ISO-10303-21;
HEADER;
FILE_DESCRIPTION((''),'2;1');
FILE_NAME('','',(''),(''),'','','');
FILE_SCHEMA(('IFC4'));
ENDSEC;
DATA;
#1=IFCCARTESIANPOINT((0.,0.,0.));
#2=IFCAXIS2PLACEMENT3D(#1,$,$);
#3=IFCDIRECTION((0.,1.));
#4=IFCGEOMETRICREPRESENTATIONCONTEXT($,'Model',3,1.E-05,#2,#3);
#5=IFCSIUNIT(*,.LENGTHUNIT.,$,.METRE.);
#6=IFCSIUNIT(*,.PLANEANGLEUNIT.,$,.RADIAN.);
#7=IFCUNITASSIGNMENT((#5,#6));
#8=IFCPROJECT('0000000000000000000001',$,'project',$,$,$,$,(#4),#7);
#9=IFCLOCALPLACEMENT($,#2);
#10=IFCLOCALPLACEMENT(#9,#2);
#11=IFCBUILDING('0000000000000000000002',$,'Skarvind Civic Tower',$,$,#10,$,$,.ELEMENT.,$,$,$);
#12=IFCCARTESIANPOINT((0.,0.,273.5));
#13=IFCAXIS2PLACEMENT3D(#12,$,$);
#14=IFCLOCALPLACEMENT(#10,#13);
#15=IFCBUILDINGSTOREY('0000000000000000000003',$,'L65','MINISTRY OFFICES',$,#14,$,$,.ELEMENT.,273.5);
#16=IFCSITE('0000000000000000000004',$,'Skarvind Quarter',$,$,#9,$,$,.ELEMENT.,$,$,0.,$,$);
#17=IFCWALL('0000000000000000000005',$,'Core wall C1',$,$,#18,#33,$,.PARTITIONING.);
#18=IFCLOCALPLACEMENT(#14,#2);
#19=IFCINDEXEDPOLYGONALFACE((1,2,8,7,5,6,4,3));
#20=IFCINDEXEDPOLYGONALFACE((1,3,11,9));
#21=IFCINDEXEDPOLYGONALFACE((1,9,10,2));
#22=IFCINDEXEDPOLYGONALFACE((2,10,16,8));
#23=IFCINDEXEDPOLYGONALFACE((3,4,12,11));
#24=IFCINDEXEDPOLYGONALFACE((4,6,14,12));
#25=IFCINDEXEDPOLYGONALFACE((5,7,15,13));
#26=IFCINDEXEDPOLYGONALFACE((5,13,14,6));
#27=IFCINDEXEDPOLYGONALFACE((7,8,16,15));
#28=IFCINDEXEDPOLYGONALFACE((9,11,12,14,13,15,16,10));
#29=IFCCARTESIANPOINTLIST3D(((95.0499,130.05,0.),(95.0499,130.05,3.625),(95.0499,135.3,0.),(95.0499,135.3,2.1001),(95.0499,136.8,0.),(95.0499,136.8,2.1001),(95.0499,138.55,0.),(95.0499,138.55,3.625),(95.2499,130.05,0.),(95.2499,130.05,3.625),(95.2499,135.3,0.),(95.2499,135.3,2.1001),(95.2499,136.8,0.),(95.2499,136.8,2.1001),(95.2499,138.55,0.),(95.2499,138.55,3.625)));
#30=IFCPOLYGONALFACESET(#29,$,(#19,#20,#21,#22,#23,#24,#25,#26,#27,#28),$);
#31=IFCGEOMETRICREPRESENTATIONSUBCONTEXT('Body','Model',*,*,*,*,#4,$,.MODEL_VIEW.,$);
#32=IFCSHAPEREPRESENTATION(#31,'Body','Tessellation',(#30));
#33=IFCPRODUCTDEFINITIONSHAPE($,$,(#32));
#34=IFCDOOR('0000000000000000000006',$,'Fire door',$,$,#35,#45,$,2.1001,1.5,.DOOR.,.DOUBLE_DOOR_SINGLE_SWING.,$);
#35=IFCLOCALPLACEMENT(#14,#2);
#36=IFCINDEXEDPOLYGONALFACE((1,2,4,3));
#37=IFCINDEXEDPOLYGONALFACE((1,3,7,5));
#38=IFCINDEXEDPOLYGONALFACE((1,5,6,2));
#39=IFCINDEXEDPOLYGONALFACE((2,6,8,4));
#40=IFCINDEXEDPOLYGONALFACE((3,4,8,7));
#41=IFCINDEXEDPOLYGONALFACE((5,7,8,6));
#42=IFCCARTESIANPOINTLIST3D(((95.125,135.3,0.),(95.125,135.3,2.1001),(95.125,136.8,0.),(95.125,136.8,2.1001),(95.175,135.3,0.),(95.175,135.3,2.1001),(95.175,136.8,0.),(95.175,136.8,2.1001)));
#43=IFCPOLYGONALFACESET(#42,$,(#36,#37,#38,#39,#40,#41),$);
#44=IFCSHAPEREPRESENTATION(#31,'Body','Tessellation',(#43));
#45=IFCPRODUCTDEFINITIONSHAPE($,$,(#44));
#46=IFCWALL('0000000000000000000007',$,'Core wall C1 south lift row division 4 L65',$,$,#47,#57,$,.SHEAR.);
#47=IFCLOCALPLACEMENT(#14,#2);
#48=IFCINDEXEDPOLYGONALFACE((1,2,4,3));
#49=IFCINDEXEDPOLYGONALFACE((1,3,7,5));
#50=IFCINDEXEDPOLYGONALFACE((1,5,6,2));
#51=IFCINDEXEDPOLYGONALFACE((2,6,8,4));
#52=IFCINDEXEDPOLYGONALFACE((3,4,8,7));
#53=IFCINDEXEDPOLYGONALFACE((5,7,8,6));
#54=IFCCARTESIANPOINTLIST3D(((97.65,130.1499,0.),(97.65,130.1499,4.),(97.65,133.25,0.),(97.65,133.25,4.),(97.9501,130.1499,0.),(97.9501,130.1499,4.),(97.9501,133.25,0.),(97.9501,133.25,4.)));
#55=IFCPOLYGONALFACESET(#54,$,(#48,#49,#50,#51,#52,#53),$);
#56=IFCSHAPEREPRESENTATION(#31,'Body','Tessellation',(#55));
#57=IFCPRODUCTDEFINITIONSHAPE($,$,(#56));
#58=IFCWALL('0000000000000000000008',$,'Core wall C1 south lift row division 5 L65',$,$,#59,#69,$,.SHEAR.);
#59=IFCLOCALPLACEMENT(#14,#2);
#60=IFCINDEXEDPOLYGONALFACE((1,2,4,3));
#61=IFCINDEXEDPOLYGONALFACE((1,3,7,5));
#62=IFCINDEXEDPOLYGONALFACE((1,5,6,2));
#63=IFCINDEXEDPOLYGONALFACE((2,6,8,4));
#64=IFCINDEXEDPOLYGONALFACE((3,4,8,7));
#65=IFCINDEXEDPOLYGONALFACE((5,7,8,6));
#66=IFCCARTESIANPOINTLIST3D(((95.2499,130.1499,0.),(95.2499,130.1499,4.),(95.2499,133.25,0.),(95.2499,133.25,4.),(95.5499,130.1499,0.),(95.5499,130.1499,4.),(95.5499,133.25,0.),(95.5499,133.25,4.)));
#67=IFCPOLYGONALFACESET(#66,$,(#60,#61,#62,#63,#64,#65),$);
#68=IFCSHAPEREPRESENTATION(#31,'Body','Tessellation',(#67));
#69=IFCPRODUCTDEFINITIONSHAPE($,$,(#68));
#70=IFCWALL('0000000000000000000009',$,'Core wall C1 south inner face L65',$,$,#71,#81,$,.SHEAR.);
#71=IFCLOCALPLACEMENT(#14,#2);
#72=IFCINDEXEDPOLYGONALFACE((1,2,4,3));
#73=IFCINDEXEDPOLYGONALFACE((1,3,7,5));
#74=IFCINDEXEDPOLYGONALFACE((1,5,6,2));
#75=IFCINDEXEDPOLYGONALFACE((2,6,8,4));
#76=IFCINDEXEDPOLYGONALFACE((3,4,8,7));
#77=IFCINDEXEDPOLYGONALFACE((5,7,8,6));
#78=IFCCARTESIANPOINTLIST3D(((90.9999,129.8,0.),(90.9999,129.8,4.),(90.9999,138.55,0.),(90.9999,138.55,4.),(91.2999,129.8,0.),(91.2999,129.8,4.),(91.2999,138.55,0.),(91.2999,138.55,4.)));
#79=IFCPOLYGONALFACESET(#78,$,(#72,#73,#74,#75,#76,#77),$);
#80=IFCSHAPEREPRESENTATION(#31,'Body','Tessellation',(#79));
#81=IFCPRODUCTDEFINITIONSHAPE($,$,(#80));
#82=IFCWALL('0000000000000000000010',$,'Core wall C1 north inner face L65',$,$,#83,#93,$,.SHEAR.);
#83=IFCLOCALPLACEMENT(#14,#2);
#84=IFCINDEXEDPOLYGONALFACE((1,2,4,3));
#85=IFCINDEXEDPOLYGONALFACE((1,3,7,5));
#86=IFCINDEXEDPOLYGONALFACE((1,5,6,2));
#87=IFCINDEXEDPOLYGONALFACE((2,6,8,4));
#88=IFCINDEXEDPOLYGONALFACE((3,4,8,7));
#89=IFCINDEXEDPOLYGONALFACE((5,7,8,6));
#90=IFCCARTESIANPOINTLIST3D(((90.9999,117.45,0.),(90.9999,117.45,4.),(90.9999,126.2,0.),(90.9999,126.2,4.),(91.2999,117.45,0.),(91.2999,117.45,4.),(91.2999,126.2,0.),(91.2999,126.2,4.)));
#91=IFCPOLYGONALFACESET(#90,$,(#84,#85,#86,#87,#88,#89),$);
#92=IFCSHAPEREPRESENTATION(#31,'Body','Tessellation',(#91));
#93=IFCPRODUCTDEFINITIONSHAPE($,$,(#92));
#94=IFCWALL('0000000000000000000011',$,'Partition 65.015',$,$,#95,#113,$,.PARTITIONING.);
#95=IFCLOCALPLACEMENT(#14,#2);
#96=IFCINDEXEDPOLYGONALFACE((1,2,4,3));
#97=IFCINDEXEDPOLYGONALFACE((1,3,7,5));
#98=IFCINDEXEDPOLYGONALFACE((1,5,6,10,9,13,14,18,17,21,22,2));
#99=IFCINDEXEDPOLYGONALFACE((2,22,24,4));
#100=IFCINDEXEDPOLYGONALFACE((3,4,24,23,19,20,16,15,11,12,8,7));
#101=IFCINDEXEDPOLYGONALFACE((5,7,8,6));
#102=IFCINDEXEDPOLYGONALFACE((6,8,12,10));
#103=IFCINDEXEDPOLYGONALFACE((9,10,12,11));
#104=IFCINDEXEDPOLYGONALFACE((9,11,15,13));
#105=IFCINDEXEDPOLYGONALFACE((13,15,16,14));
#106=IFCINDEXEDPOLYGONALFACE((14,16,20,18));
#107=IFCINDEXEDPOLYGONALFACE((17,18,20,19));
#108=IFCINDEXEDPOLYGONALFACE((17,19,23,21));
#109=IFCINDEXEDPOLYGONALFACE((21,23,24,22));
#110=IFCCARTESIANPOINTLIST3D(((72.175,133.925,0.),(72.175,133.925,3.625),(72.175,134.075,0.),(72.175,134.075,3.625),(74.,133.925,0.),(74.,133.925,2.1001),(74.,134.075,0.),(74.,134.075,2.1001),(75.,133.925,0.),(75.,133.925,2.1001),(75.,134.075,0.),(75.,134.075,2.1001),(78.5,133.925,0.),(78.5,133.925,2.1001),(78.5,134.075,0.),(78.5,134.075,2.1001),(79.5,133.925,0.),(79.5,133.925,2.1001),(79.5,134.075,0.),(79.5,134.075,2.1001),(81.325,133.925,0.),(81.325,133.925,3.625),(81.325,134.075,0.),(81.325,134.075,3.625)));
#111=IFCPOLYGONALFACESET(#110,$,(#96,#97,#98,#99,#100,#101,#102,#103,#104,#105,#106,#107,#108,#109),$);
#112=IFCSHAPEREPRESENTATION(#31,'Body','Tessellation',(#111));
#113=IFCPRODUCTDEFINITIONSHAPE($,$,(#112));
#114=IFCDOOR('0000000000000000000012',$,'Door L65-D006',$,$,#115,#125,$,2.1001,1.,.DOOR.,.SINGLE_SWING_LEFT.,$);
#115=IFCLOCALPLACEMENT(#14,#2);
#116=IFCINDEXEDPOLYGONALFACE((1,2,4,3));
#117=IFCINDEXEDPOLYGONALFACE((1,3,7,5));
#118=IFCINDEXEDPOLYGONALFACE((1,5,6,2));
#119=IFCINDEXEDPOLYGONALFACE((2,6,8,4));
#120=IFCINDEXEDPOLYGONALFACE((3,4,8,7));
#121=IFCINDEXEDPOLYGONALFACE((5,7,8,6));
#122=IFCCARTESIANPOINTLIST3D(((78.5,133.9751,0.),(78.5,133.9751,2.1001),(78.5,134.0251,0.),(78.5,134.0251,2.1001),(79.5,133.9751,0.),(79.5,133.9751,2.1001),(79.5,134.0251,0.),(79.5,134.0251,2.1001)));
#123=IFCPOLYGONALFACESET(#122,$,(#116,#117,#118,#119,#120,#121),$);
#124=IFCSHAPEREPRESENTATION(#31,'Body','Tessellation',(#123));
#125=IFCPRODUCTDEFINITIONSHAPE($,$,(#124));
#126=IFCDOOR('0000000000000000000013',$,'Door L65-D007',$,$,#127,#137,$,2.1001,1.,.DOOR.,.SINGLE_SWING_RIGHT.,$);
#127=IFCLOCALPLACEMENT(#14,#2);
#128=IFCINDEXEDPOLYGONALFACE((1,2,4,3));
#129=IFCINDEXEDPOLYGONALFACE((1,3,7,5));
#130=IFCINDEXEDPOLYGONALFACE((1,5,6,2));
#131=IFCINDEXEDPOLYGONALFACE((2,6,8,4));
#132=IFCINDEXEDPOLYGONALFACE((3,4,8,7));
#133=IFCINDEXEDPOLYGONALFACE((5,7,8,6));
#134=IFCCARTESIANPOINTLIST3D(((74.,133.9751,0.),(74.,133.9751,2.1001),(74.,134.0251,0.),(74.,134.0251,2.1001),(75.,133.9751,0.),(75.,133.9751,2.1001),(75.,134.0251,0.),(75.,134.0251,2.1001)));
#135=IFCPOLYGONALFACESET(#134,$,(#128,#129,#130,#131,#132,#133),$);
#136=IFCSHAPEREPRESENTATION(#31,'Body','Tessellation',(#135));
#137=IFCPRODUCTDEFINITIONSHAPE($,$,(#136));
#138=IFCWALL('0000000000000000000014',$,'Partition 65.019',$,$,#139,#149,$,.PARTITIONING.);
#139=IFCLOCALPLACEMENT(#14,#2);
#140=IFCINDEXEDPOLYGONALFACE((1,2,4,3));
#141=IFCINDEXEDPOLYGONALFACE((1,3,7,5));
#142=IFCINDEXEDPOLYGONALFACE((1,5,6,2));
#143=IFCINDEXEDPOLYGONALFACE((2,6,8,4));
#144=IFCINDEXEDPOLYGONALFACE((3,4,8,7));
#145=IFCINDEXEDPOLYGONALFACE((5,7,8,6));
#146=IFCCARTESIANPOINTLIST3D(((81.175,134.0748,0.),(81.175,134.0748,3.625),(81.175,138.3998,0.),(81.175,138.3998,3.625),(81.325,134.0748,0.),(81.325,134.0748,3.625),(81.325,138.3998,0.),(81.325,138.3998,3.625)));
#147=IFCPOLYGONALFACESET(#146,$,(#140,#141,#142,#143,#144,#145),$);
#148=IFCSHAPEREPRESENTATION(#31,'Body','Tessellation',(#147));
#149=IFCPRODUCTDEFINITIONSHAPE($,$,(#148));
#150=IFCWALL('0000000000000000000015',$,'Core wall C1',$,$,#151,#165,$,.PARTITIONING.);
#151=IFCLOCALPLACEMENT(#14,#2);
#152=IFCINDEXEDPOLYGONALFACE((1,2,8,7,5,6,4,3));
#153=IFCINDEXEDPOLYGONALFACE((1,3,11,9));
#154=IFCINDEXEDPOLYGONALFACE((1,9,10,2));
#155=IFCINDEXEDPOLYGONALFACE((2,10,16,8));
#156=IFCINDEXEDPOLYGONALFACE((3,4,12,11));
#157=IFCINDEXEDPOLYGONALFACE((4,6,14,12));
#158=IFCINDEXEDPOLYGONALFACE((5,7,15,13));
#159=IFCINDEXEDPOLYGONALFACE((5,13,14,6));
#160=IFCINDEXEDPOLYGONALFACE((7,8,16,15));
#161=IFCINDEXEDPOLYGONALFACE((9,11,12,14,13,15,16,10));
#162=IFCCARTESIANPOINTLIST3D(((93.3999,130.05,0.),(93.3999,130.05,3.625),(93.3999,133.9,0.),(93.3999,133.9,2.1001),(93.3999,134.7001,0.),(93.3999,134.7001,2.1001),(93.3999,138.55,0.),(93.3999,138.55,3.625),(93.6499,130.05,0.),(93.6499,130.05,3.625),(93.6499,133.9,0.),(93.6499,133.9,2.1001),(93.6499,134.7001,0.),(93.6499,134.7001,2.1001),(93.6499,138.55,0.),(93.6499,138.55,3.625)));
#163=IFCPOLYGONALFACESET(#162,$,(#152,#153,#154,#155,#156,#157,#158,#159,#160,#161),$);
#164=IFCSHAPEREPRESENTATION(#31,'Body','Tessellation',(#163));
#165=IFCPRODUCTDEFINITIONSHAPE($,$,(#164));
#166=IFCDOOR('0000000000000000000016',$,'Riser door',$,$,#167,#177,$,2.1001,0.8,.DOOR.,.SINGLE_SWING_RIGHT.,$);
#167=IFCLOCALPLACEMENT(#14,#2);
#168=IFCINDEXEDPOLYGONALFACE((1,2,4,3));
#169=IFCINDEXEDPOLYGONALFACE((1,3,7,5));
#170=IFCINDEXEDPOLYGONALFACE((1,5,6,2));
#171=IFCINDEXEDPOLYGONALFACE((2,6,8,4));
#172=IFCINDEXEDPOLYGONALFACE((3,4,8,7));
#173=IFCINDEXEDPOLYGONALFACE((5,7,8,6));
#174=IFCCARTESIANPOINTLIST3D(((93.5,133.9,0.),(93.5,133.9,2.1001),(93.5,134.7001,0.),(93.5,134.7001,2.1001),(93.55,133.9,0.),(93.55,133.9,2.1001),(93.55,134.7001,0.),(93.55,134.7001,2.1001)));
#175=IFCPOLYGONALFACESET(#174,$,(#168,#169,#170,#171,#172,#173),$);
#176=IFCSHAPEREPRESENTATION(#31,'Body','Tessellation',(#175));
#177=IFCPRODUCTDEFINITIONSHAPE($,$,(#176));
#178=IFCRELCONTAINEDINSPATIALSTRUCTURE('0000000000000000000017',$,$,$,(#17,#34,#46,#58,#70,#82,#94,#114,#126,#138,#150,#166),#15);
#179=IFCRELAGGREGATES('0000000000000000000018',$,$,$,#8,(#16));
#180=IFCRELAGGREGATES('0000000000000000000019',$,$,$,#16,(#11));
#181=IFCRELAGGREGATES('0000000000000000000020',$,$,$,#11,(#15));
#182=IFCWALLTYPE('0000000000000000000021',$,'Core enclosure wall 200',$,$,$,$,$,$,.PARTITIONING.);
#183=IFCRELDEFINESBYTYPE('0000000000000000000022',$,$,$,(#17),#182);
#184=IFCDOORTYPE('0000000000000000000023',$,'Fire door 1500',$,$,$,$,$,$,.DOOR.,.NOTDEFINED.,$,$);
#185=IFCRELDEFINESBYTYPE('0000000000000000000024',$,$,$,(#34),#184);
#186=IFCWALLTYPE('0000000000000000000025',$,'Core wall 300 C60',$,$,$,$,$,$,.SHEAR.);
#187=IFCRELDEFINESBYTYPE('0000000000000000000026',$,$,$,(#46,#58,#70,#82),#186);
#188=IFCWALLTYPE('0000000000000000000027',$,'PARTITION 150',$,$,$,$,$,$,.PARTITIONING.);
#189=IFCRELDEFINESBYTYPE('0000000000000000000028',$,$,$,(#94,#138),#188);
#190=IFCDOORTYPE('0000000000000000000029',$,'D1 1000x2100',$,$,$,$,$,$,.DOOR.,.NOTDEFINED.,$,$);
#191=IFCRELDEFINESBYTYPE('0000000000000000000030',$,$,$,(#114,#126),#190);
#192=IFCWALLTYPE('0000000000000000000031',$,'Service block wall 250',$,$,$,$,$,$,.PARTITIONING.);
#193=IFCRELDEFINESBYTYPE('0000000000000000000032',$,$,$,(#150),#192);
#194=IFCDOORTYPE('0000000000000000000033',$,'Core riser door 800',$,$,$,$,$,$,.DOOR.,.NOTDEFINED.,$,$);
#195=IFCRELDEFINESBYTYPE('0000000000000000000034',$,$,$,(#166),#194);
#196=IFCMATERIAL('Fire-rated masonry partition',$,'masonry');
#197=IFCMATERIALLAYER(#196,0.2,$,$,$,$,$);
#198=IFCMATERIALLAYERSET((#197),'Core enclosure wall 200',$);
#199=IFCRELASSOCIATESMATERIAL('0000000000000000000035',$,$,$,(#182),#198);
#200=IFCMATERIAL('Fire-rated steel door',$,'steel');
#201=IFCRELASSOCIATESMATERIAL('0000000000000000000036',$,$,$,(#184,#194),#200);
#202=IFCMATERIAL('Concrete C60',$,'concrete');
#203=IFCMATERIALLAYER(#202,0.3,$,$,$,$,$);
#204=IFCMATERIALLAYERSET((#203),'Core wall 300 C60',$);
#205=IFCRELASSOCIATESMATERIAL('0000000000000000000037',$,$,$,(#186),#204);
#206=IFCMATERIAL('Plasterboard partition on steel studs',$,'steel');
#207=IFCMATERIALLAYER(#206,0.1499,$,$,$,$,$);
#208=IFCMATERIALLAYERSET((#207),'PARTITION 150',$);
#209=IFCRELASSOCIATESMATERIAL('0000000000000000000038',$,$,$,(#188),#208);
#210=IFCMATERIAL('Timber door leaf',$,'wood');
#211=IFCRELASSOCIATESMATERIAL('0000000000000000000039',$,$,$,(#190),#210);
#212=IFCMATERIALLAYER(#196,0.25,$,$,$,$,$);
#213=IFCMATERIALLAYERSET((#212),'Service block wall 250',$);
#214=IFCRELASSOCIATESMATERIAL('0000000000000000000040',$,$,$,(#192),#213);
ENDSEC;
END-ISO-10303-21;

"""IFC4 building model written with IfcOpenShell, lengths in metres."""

from ifc_helpers import new_model, si_unit, direction, frame, frame_2d, origin, place, context, subcontext, project, spatial, rectangle, extrude, material, layer, layer_set, type_object, element, fill, save


model = new_model("IFC4")

# Units and contexts
model_context = context("Model", 3, precision=1e-05, world=origin(), true_north=direction((0.0, 1.0)))
body_context = subcontext(model_context, "Body", "Model", "MODEL_VIEW")
ifc_project = project(units=[si_unit("LENGTHUNIT", "METRE"), si_unit("PLANEANGLEUNIT", "RADIAN")], contexts=[model_context])

# Site, building, storey
site_placement = place(None, origin())
site = spatial("IfcSite", under=ifc_project, at=site_placement, Name="Skarvind Quarter", CompositionType="ELEMENT", RefElevation=0.0)
building_placement = place(site_placement, origin())
building = spatial("IfcBuilding", under=site, at=building_placement, Name="Skarvind Civic Tower", CompositionType="ELEMENT")
storey_placement = place(building_placement, frame((0.0, 0.0, 273.5)))
storey = spatial("IfcBuildingStorey", under=building, at=storey_placement, Name="L65", Description="MINISTRY OFFICES", CompositionType="ELEMENT", Elevation=273.5)

# Shared definitions
ifc_material_1 = material(Name="Concrete C60", Category="concrete")

# Wall, opening, door
ifc_material_2 = material(Name="Timber door leaf", Category="wood")
ifc_material_3 = material(Name="Fire-rated masonry partition", Category="masonry")
ifc_layer_1 = layer(ifc_material_3, 0.2)
ifc_layer_set_1 = layer_set([ifc_layer_1], Name="Core enclosure wall 200")
wall_type_1 = type_object("IfcWallType", Name="Core enclosure wall 200", PredefinedType="PARTITIONING", material=ifc_layer_set_1)
ifc_material_4 = material(Name="Fire-rated steel door", Category="steel")
wall_1_placement = place(storey_placement, frame((95.1499, 130.05, 0.0), z_axis=(0.0, 0.0, 1.0), x_axis=(0.0, 1.0, 0.0)))
wall_1 = element("IfcWall", 1, at=wall_1_placement, inside=storey, type_object=wall_type_1, Name="Core wall C1", PredefinedType="PARTITIONING", context=body_context, shape_type="SweptSolid", body=[
    extrude(rectangle(XDim=8.5, YDim=0.2, at=frame_2d((4.25, 0.0))), origin(), (0.0, 0.0, 1.0), 3.625),
])
opening_1_placement = place(wall_1_placement, frame((5.25, 0.0, 0.0)))
opening_1 = element("IfcOpeningElement", 2, at=opening_1_placement, cuts=wall_1, PredefinedType="OPENING", context=body_context, shape_type="SweptSolid", body=[
    extrude(rectangle(XDim=1.5, YDim=2.1001, at=frame_2d((0.75, 1.05))), frame((0.0, 0.1099, 0.0), z_axis=(0.0, -1.0, 0.0), x_axis=(1.0, 0.0, 0.0)), (0.0, 0.0, 1.0), 0.22),
])
door_type_1 = type_object("IfcDoorType", Name="Fire door 1500", OperationType="NOTDEFINED", PredefinedType="DOOR", material=ifc_material_4)
door_1_placement = place(opening_1_placement, origin())
door_1 = element("IfcDoor", 3, at=door_1_placement, inside=storey, type_object=door_type_1, Name="Fire door", OperationType="DOUBLE_DOOR_SINGLE_SWING", OverallHeight=2.1001, OverallWidth=1.5, PredefinedType="DOOR", context=body_context, shape_type="SweptSolid", body=[
    extrude(rectangle(XDim=1.5, YDim=2.1001, at=frame_2d((0.75, 1.05))), frame((0.0, 0.0249, 0.0), z_axis=(0.0, -1.0, 0.0), x_axis=(1.0, 0.0, 0.0)), (0.0, 0.0, 1.0), 0.05),
])
fill(opening_1, door_1)

# Walls
ifc_layer_2 = layer(ifc_material_1, 0.3)
ifc_layer_set_2 = layer_set([ifc_layer_2], Name="Core wall 300 C60")
wall_type_2 = type_object("IfcWallType", Name="Core wall 300 C60", PredefinedType="SHEAR", material=ifc_layer_set_2)
for number, where, z_axis, x_axis, name in (
    (4, (97.8, 133.25, 0.0), (0.0, 0.0, 1.0), (0.0, -1.0, 0.0), "Core wall C1 south lift row division 4 L65"),
    (5, (95.3999, 133.25, 0.0), (0.0, 0.0, 1.0), (0.0, -1.0, 0.0), "Core wall C1 south lift row division 5 L65"),
):
    element("IfcWall", number, at=place(storey_placement, frame(where, z_axis=z_axis, x_axis=x_axis)), inside=storey, type_object=wall_type_2, Name=name, PredefinedType="SHEAR", context=body_context, shape_type="SweptSolid", body=[
        extrude(rectangle(XDim=3.1001, YDim=0.3, at=frame_2d((1.55, 0.0))), origin(), (0.0, 0.0, 1.0), 4.0),
    ])
for number, where, z_axis, x_axis, name in (
    (6, (91.1499, 138.55, 0.0), (0.0, 0.0, 1.0), (0.0, -1.0, 0.0), "Core wall C1 south inner face L65"),
    (7, (91.1499, 126.2, 0.0), (0.0, 0.0, 1.0), (0.0, -1.0, 0.0), "Core wall C1 north inner face L65"),
):
    element("IfcWall", number, at=place(storey_placement, frame(where, z_axis=z_axis, x_axis=x_axis)), inside=storey, type_object=wall_type_2, Name=name, PredefinedType="SHEAR", context=body_context, shape_type="SweptSolid", body=[
        extrude(rectangle(XDim=8.75, YDim=0.3, at=frame_2d((4.375, 0.0))), origin(), (0.0, 0.0, 1.0), 4.0),
    ])

# Wall, openings, doors
ifc_material_5 = material(Name="Plasterboard partition on steel studs", Category="steel")
ifc_layer_3 = layer(ifc_material_5, 0.1499)
ifc_layer_set_3 = layer_set([ifc_layer_3], Name="PARTITION 150")
wall_type_3 = type_object("IfcWallType", Name="PARTITION 150", PredefinedType="PARTITIONING", material=ifc_layer_set_3)
wall_2_placement = place(storey_placement, frame((81.325, 134.0, 0.0), z_axis=(0.0, 0.0, 1.0), x_axis=(-1.0, 0.0, 0.0)))
wall_2 = element("IfcWall", 8, at=wall_2_placement, inside=storey, type_object=wall_type_3, Name="Partition 65.015", PredefinedType="PARTITIONING", context=body_context, shape_type="SweptSolid", body=[
    extrude(rectangle(XDim=9.1499, YDim=0.1499, at=frame_2d((4.575, 0.0))), origin(), (0.0, 0.0, 1.0), 3.625),
])
opening_2_placement = place(wall_2_placement, frame((1.825, 0.0, 0.0)))
opening_2 = element("IfcOpeningElement", 9, at=opening_2_placement, cuts=wall_2, PredefinedType="OPENING", context=body_context, shape_type="SweptSolid", body=[
    extrude(rectangle(XDim=1.0, YDim=2.1001, at=frame_2d((0.5, 1.05))), frame((0.0, 0.085, 0.0), z_axis=(0.0, -1.0, 0.0), x_axis=(1.0, 0.0, 0.0)), (0.0, 0.0, 1.0), 0.1699),
])
opening_3_placement = place(wall_2_placement, frame((6.325, 0.0, 0.0)))
opening_3 = element("IfcOpeningElement", 10, at=opening_3_placement, cuts=wall_2, PredefinedType="OPENING", context=body_context, shape_type="SweptSolid", body=[
    extrude(rectangle(XDim=1.0, YDim=2.1001, at=frame_2d((0.5, 1.05))), frame((0.0, 0.085, 0.0), z_axis=(0.0, -1.0, 0.0), x_axis=(1.0, 0.0, 0.0)), (0.0, 0.0, 1.0), 0.1699),
])
door_type_2 = type_object("IfcDoorType", Name="D1 1000x2100", OperationType="NOTDEFINED", PredefinedType="DOOR", material=ifc_material_2)
door_2_placement = place(opening_2_placement, origin())
door_2 = element("IfcDoor", 11, at=door_2_placement, inside=storey, type_object=door_type_2, Name="Door L65-D006", OperationType="SINGLE_SWING_LEFT", OverallHeight=2.1001, OverallWidth=1.0, PredefinedType="DOOR", context=body_context, shape_type="SweptSolid", body=[
    extrude(rectangle(XDim=1.0, YDim=2.1001, at=frame_2d((0.5, 1.05))), frame((0.0, 0.0249, 0.0), z_axis=(0.0, -1.0, 0.0), x_axis=(1.0, 0.0, 0.0)), (0.0, 0.0, 1.0), 0.05),
])
fill(opening_2, door_2)
door_3_placement = place(opening_3_placement, origin())
door_3 = element("IfcDoor", 12, at=door_3_placement, inside=storey, type_object=door_type_2, Name="Door L65-D007", OperationType="SINGLE_SWING_RIGHT", OverallHeight=2.1001, OverallWidth=1.0, PredefinedType="DOOR", context=body_context, shape_type="SweptSolid", body=[
    extrude(rectangle(XDim=1.0, YDim=2.1001, at=frame_2d((0.5, 1.05))), frame((0.0, 0.0249, 0.0), z_axis=(0.0, -1.0, 0.0), x_axis=(1.0, 0.0, 0.0)), (0.0, 0.0, 1.0), 0.05),
])
fill(opening_3, door_3)

# Wall
wall_3_placement = place(storey_placement, frame((81.25, 138.3999, 0.0), z_axis=(0.0, 0.0, 1.0), x_axis=(0.0, -1.0, 0.0)))
element("IfcWall", 13, at=wall_3_placement, inside=storey, type_object=wall_type_3, Name="Partition 65.019", PredefinedType="PARTITIONING", context=body_context, shape_type="SweptSolid", body=[
    extrude(rectangle(XDim=4.325, YDim=0.1499, at=frame_2d((2.1626, 0.0))), origin(), (0.0, 0.0, 1.0), 3.625),
])

# Wall, opening, door
ifc_layer_4 = layer(ifc_material_3, 0.25)
ifc_layer_set_4 = layer_set([ifc_layer_4], Name="Service block wall 250")
wall_type_4 = type_object("IfcWallType", Name="Service block wall 250", PredefinedType="PARTITIONING", material=ifc_layer_set_4)
wall_4_placement = place(storey_placement, frame((93.5249, 130.05, 0.0), z_axis=(0.0, 0.0, 1.0), x_axis=(0.0, 1.0, 0.0)))
wall_4 = element("IfcWall", 14, at=wall_4_placement, inside=storey, type_object=wall_type_4, Name="Core wall C1", PredefinedType="PARTITIONING", context=body_context, shape_type="SweptSolid", body=[
    extrude(rectangle(XDim=8.5, YDim=0.25, at=frame_2d((4.25, 0.0))), origin(), (0.0, 0.0, 1.0), 3.625),
])
opening_4_placement = place(wall_4_placement, frame((3.8501, 0.0, 0.0)))
opening_4 = element("IfcOpeningElement", 15, at=opening_4_placement, cuts=wall_4, PredefinedType="OPENING", context=body_context, shape_type="SweptSolid", body=[
    extrude(rectangle(XDim=0.8, YDim=2.1001, at=frame_2d((0.3999, 1.05))), frame((0.0, 0.135, 0.0), z_axis=(0.0, -1.0, 0.0), x_axis=(1.0, 0.0, 0.0)), (0.0, 0.0, 1.0), 0.27),
])
door_type_3 = type_object("IfcDoorType", Name="Core riser door 800", OperationType="NOTDEFINED", PredefinedType="DOOR", material=ifc_material_4)
door_4_placement = place(opening_4_placement, origin())
door_4 = element("IfcDoor", 16, at=door_4_placement, inside=storey, type_object=door_type_3, Name="Riser door", OperationType="SINGLE_SWING_RIGHT", OverallHeight=2.1001, OverallWidth=0.8, PredefinedType="DOOR", context=body_context, shape_type="SweptSolid", body=[
    extrude(rectangle(XDim=0.8, YDim=2.1001, at=frame_2d((0.3999, 1.05))), frame((0.0, 0.0249, 0.0), z_axis=(0.0, -1.0, 0.0), x_axis=(1.0, 0.0, 0.0)), (0.0, 0.0, 1.0), 0.05),
])
fill(opening_4, door_4)

save(model, "model.ifc")
